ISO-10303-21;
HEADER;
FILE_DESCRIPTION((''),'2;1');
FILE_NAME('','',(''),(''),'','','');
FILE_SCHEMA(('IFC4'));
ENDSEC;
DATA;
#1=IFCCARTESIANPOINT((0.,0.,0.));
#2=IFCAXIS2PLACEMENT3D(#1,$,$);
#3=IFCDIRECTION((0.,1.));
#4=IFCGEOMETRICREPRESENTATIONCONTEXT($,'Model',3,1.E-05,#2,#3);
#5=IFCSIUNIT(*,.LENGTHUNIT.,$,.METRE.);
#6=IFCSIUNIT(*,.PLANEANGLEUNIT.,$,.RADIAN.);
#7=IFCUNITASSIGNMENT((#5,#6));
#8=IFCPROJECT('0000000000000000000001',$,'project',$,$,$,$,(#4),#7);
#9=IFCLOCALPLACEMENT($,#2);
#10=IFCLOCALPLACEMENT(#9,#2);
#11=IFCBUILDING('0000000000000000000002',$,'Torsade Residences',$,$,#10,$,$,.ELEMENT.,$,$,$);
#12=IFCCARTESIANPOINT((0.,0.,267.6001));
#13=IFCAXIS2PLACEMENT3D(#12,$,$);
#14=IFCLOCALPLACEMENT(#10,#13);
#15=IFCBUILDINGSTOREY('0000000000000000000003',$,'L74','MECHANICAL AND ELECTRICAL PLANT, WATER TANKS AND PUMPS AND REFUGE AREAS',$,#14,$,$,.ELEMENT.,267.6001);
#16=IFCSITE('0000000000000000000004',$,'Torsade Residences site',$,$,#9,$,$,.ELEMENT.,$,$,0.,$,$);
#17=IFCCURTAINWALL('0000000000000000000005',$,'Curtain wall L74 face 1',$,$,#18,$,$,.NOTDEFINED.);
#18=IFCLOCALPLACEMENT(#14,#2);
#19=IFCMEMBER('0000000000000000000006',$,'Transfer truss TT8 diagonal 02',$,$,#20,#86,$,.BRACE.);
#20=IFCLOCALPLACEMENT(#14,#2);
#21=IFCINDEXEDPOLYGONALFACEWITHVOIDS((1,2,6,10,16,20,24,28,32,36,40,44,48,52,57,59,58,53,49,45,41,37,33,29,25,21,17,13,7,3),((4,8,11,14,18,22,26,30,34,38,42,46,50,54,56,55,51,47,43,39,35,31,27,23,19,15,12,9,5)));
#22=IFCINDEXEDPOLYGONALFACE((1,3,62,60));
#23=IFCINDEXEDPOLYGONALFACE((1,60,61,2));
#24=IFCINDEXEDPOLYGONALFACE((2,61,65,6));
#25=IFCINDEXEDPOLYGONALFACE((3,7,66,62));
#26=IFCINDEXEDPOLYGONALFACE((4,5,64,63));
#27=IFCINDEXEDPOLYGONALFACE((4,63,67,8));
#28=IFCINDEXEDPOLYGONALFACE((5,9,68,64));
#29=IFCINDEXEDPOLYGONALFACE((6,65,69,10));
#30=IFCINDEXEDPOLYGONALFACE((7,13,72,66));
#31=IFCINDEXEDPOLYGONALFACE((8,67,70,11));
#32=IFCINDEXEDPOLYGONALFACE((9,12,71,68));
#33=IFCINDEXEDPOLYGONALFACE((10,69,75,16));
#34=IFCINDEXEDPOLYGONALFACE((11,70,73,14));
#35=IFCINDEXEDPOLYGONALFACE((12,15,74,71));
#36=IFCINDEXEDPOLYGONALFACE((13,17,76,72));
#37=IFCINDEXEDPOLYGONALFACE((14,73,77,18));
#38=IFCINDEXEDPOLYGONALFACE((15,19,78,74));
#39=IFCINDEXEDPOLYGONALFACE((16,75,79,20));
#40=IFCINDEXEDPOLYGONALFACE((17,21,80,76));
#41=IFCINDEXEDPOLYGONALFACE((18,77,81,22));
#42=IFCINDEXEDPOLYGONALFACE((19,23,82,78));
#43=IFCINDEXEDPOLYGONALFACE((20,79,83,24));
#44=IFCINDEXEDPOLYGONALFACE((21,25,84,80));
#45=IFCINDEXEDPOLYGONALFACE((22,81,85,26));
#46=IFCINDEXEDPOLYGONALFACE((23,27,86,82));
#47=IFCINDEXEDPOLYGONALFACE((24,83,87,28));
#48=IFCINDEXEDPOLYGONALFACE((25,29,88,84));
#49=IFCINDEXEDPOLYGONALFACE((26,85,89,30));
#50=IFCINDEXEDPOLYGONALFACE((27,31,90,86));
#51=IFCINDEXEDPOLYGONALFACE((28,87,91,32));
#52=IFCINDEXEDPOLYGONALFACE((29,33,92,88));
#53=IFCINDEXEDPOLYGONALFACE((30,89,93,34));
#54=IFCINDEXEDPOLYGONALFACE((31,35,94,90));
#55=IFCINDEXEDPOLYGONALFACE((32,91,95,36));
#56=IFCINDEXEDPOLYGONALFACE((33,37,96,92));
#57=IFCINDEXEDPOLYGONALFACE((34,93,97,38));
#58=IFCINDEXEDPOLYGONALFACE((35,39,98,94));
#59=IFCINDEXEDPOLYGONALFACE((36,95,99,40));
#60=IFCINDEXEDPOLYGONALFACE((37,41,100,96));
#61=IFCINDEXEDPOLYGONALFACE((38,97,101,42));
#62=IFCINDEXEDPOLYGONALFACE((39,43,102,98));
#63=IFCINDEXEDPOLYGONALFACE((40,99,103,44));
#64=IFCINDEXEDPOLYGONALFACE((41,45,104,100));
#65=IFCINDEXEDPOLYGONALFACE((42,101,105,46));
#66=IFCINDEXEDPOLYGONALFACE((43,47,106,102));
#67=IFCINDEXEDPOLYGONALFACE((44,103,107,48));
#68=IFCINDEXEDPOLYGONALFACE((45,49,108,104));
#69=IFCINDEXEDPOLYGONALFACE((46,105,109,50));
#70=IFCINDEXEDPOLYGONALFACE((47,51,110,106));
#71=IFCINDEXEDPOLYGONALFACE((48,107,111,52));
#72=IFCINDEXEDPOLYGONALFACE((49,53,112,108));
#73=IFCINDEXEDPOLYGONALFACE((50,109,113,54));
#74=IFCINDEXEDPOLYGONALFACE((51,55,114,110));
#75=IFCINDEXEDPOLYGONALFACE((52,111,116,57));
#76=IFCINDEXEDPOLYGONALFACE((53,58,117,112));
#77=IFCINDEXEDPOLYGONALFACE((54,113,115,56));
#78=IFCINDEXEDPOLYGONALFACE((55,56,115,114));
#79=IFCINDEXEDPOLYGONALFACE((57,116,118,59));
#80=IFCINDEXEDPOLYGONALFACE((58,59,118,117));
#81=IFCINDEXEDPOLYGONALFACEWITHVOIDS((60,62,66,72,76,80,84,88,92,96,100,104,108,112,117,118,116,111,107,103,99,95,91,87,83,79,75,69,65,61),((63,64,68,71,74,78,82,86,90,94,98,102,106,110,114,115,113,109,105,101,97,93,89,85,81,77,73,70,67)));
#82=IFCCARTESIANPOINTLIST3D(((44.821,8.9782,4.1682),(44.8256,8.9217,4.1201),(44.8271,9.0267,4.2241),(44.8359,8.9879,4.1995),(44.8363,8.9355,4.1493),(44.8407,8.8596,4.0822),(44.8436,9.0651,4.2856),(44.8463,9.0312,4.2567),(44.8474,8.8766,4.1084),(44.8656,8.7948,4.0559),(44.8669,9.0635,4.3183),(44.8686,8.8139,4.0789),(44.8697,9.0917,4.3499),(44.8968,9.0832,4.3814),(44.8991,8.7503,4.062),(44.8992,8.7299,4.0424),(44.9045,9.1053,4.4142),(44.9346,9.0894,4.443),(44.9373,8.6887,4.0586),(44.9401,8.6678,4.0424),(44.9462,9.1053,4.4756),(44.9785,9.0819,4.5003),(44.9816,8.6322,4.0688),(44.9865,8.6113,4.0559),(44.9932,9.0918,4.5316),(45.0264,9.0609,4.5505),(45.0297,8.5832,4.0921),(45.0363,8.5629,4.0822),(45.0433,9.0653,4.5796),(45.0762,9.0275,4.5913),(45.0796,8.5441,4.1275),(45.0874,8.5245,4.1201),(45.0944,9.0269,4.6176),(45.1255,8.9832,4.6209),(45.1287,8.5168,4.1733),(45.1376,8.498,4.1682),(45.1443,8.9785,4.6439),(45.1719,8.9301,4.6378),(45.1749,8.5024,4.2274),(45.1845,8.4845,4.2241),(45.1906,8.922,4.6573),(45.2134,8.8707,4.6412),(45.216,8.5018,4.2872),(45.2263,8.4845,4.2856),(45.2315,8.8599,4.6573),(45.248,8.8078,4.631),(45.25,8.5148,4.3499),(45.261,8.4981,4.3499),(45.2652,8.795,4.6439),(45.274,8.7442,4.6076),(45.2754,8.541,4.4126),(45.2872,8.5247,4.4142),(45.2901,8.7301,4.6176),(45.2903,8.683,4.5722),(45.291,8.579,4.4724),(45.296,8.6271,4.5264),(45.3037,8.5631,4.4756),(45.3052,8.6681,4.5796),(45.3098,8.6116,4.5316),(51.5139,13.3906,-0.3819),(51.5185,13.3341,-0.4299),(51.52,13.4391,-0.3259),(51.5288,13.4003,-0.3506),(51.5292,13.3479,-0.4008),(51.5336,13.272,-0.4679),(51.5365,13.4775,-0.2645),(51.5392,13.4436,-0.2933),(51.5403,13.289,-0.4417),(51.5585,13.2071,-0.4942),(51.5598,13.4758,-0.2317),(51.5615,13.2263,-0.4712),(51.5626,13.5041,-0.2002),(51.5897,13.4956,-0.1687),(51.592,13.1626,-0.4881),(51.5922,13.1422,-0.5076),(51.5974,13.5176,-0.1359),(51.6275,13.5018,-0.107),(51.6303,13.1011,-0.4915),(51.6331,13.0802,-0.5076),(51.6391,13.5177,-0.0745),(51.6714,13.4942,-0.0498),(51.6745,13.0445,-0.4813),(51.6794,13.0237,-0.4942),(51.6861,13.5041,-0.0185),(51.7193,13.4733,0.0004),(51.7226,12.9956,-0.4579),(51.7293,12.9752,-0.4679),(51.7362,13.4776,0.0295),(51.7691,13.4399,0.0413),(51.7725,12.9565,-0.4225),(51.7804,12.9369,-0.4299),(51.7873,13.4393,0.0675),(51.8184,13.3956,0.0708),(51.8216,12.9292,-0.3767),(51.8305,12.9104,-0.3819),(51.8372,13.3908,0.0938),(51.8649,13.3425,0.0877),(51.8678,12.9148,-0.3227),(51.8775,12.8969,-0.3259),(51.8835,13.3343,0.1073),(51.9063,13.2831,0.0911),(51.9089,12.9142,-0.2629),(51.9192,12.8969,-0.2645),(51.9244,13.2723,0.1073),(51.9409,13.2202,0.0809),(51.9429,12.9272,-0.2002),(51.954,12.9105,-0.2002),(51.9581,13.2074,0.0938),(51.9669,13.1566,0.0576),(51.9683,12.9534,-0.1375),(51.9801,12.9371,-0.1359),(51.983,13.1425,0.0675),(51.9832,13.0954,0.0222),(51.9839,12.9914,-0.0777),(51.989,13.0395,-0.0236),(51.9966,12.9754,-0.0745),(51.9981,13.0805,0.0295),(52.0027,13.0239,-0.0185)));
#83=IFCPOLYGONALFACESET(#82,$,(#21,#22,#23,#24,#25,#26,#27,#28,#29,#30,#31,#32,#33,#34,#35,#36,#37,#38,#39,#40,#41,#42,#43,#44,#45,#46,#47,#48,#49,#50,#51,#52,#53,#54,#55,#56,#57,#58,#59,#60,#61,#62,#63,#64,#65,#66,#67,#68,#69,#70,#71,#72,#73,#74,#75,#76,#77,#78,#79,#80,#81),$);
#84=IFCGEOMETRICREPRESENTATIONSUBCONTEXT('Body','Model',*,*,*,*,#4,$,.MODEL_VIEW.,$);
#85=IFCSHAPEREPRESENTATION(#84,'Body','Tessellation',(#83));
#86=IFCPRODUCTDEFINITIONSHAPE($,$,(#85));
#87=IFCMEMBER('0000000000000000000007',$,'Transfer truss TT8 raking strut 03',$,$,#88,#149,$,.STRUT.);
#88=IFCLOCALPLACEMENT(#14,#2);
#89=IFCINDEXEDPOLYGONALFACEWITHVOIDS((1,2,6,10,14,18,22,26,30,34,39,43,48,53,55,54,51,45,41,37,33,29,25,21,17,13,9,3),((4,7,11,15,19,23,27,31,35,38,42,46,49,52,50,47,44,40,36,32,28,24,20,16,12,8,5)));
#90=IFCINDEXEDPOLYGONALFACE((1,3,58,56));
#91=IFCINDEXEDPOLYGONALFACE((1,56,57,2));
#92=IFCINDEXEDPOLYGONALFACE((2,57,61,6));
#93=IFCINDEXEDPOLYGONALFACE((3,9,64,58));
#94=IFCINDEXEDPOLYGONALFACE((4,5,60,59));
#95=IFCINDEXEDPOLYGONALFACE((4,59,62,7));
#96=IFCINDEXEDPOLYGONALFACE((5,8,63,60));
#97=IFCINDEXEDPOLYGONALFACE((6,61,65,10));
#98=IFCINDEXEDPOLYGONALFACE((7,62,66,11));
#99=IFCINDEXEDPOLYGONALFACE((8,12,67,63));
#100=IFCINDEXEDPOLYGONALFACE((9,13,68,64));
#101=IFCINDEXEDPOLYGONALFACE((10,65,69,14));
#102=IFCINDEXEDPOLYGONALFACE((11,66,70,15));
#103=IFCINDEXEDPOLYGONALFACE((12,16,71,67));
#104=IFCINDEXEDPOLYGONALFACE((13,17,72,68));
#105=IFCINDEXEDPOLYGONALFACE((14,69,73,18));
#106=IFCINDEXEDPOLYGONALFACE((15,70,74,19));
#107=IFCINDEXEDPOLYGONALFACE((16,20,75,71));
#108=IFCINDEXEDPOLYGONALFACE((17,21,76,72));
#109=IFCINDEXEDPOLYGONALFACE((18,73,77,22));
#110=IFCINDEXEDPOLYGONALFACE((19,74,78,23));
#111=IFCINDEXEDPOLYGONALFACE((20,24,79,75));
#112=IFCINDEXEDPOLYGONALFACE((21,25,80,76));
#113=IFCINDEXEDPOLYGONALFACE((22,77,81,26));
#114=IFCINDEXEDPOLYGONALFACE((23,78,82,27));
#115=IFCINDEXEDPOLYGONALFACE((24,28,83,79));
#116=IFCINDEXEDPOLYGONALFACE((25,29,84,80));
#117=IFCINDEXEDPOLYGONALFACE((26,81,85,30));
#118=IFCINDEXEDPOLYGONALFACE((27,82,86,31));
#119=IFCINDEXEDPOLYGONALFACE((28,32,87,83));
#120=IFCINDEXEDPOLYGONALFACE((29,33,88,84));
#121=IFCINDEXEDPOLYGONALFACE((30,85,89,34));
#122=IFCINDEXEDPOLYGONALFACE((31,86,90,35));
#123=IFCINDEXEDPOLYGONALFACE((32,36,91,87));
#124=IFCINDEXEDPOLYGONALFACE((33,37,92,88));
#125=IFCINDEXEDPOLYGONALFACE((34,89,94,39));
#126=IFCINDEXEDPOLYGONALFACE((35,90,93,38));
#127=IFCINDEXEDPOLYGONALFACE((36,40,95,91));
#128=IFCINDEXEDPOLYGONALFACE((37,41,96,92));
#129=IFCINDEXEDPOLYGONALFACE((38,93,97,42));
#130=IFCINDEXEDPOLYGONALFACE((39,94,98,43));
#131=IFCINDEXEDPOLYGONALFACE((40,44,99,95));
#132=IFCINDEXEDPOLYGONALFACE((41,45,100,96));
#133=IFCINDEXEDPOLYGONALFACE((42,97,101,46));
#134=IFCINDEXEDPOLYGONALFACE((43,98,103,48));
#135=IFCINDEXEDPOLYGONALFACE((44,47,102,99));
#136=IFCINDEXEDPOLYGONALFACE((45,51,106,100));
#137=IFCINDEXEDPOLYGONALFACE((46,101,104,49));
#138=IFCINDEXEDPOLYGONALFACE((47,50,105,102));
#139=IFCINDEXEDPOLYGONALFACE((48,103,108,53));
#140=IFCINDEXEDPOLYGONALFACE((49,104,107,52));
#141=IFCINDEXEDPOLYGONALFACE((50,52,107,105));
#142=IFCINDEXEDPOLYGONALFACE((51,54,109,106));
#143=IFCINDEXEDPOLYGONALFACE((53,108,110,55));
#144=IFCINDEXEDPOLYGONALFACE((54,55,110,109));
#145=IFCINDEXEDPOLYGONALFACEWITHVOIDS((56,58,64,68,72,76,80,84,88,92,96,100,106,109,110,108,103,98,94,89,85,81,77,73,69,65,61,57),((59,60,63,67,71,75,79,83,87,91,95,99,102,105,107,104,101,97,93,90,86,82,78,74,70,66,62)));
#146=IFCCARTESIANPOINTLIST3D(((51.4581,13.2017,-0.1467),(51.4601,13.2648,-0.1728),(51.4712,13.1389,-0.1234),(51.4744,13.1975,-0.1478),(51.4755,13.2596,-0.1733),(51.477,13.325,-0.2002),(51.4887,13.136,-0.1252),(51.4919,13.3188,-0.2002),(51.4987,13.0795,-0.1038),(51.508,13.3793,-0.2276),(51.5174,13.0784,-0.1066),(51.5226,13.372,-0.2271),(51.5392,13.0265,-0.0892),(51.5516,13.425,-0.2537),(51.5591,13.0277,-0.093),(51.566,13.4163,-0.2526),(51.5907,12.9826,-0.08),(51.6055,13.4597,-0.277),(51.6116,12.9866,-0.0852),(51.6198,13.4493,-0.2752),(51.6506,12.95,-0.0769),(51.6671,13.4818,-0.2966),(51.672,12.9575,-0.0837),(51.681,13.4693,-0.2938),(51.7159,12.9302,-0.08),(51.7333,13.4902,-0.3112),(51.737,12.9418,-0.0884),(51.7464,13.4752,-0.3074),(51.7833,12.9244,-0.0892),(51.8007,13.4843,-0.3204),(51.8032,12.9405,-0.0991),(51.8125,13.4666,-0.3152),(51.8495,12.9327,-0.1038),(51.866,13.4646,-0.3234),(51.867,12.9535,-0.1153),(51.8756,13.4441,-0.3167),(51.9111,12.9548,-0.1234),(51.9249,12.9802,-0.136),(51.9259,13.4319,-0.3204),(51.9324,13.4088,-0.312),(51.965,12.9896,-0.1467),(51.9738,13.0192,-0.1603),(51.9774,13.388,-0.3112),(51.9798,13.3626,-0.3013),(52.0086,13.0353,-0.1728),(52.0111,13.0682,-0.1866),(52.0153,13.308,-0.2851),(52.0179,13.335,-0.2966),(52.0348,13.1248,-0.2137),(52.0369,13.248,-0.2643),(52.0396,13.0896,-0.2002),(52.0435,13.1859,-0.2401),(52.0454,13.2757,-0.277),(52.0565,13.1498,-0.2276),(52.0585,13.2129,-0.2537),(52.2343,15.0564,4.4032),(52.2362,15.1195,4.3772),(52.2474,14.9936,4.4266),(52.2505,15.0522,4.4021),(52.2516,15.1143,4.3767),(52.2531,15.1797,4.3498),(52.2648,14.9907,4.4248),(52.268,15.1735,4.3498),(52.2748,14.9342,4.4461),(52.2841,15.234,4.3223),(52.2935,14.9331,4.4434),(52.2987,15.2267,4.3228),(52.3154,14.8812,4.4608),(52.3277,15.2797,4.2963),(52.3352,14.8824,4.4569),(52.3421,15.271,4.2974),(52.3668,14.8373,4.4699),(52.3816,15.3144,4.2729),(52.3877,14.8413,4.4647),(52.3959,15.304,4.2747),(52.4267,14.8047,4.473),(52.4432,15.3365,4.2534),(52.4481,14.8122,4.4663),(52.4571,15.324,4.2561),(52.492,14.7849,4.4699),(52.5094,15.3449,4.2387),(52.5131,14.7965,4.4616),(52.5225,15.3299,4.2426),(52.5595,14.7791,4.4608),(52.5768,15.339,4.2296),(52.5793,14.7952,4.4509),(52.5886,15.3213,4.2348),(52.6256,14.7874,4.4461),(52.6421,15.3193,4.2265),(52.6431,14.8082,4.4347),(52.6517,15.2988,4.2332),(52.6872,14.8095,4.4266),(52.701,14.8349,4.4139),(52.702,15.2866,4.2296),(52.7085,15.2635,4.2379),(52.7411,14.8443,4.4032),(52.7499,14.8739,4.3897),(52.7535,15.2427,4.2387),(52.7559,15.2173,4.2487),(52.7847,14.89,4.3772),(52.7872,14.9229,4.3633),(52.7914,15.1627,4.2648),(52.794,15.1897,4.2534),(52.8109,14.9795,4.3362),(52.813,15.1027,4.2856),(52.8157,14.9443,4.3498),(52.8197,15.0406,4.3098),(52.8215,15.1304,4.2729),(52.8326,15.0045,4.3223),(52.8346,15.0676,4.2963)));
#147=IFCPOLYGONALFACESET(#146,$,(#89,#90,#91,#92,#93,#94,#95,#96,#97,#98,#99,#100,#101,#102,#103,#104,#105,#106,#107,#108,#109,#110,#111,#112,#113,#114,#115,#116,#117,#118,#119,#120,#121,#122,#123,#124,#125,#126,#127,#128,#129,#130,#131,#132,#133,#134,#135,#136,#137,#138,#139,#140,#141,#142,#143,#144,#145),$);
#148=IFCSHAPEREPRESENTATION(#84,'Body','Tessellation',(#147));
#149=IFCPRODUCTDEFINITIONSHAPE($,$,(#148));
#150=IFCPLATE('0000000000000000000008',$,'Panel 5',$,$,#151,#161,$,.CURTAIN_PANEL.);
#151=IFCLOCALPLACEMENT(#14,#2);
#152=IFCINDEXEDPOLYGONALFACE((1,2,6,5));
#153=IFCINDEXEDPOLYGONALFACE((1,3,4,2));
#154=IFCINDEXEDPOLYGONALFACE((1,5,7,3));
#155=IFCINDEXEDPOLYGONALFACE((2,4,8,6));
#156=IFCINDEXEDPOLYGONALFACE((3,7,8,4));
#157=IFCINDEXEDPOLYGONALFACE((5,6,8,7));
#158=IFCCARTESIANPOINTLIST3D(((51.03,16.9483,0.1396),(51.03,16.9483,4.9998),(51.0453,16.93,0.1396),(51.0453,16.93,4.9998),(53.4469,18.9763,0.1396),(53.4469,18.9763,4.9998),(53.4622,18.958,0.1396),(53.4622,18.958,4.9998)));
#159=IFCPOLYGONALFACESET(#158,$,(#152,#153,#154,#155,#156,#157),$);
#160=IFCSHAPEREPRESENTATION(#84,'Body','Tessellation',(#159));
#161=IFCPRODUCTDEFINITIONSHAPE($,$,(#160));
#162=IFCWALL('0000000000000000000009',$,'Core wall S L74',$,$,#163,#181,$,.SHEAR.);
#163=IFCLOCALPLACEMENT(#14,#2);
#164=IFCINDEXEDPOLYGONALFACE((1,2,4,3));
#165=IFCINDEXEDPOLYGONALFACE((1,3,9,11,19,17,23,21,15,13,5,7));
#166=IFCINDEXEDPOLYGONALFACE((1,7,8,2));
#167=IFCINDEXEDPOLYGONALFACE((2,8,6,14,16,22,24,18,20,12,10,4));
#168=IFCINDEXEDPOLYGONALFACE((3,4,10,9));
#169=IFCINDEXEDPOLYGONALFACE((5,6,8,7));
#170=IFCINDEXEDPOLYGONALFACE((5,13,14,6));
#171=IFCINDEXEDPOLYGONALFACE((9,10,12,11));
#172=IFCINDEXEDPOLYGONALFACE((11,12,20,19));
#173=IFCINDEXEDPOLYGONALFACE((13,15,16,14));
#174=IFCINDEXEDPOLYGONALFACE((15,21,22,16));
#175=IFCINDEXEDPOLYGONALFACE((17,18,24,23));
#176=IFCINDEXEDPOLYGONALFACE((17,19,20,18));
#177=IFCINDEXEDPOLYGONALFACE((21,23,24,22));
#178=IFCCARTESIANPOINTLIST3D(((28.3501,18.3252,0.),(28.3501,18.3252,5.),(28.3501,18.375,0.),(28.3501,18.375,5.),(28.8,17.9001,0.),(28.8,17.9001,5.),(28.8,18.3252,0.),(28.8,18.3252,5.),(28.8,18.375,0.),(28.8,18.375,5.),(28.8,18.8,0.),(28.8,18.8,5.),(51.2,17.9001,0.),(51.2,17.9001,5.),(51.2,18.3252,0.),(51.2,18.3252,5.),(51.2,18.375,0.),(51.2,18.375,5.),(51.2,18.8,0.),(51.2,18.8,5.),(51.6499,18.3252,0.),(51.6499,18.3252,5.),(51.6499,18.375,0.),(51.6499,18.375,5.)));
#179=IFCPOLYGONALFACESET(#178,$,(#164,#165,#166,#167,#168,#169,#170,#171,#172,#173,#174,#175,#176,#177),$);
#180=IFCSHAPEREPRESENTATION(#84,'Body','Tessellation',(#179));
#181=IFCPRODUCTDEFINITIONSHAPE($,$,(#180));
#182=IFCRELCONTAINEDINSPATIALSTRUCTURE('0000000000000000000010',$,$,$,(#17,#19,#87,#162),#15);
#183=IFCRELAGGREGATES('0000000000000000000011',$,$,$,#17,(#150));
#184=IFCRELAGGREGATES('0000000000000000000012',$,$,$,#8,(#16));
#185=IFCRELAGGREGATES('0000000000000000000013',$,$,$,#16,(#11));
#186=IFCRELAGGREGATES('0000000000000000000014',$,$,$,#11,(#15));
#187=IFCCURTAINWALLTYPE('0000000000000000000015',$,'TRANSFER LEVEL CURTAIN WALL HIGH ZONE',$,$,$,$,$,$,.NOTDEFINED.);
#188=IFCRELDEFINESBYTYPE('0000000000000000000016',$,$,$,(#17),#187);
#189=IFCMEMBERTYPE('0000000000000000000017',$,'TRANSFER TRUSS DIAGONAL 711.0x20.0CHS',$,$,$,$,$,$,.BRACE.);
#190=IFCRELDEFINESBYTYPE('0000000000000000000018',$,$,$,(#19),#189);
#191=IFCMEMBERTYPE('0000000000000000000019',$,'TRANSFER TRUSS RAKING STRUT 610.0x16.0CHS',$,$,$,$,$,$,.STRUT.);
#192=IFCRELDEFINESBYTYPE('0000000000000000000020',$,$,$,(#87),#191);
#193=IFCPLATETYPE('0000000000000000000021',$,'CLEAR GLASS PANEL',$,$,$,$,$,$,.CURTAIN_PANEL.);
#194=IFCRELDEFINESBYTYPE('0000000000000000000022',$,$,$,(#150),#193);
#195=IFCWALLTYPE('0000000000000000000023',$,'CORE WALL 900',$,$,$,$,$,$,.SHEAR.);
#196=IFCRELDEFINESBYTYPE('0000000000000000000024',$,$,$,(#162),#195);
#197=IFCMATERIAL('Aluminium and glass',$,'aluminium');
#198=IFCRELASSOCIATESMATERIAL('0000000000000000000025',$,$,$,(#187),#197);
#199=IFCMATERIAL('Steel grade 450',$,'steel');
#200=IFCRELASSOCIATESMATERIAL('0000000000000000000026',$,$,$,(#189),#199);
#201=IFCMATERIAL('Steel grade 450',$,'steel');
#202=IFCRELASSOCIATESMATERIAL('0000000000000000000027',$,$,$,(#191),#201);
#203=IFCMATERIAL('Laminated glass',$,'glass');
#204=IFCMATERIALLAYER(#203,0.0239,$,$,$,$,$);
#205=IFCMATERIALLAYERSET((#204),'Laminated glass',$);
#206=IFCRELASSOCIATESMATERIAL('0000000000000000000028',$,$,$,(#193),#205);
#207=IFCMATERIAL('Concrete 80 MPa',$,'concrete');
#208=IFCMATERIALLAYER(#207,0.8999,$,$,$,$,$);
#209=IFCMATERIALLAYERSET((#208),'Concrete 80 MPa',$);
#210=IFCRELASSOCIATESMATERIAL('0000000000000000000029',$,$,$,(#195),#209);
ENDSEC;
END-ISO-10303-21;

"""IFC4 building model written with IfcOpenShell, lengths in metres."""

from ifc_helpers import new_model, si_unit, direction, frame, origin, origin_2d, place, context, subcontext, project, spatial, polyline, rectangle, hollow_circle, outline, extrude, material, layer, layer_set, material_profile, profile_set, type_object, element, aggregate, save


model = new_model("IFC4")

# Units and contexts
model_context = context("Model", 3, precision=1e-05, world=origin(), true_north=direction((0.0, 1.0)))
body_context = subcontext(model_context, "Body", "Model", "MODEL_VIEW")
ifc_project = project(units=[si_unit("LENGTHUNIT", "METRE"), si_unit("PLANEANGLEUNIT", "RADIAN")], contexts=[model_context])

# Site, building, storey
site_placement = place(None, origin())
site = spatial("IfcSite", under=ifc_project, at=site_placement, Name="Torsade Residences site", CompositionType="ELEMENT", RefElevation=0.0)
building_placement = place(site_placement, origin())
building = spatial("IfcBuilding", under=site, at=building_placement, Name="Torsade Residences", CompositionType="ELEMENT")
storey_placement = place(building_placement, frame((0.0, 0.0, 267.6001)))
storey = spatial("IfcBuildingStorey", under=building, at=storey_placement, Name="L74", Description="MECHANICAL AND ELECTRICAL PLANT, WATER TANKS AND PUMPS AND REFUGE AREAS", CompositionType="ELEMENT", Elevation=267.6001)

# Curtain wall
ifc_material_1 = material(Name="Aluminium and glass", Category="aluminium")
curtain_wall_type = type_object("IfcCurtainWallType", Name="TRANSFER LEVEL CURTAIN WALL HIGH ZONE", PredefinedType="NOTDEFINED", material=ifc_material_1)
curtain_wall_placement = place(storey_placement, origin())
curtain_wall = element("IfcCurtainWall", 1, at=curtain_wall_placement, inside=storey, type_object=curtain_wall_type, Name="Curtain wall L74 face 1", PredefinedType="NOTDEFINED")

# Members
ifc_material_2 = material(Name="Steel grade 450", Category="steel")
ifc_material_profile_1 = material_profile(ifc_material_2, hollow_circle(Radius=0.3555, WallThickness=0.02, at=origin_2d()), Name="711.0x20.0CHS")
ifc_profile_set_1 = profile_set([ifc_material_profile_1], Name="Steel grade 450")
member_type_1 = type_object("IfcMemberType", Name="TRANSFER TRUSS DIAGONAL 711.0x20.0CHS", PredefinedType="BRACE", material=ifc_profile_set_1)
member_1_placement = place(storey_placement, frame((51.7583, 13.2073, -0.2002), z_axis=(-0.726088, -0.478682, 0.49362), x_axis=(0.550413, -0.834893, 0.0)))
element("IfcMember", 2, at=member_1_placement, inside=storey, type_object=member_type_1, Name="Transfer truss TT8 diagonal 02", PredefinedType="BRACE", context=body_context, shape_type="SweptSolid", body=[
    extrude(hollow_circle(Radius=0.3555, WallThickness=0.02, at=origin_2d()), origin(), (0.0, 0.0, 1.0), 9.2178),
])
ifc_material_3 = material(Name="Steel grade 450", Category="steel")
ifc_material_profile_2 = material_profile(ifc_material_3, hollow_circle(Radius=0.3049, WallThickness=0.0161, at=origin_2d()), Name="610.0x16.0CHS")
ifc_profile_set_2 = profile_set([ifc_material_profile_2], Name="Steel grade 450")
member_type_2 = type_object("IfcMemberType", Name="TRANSFER TRUSS RAKING STRUT 610.0x16.0CHS", PredefinedType="STRUT", material=ifc_profile_set_2)
member_2_placement = place(storey_placement, frame((51.7583, 13.2073, -0.2002), z_axis=(0.156021, 0.372851, 0.91468), x_axis=(-0.92249, 0.38602, 0.0)))
element("IfcMember", 3, at=member_2_placement, inside=storey, type_object=member_type_2, Name="Transfer truss TT8 raking strut 03", PredefinedType="STRUT", context=body_context, shape_type="SweptSolid", body=[
    extrude(hollow_circle(Radius=0.3049, WallThickness=0.0161, at=origin_2d()), origin(), (0.0, 0.0, 1.0), 4.9744),
])

# Plate
ifc_material_4 = material(Name="Laminated glass", Category="glass")
ifc_layer_1 = layer(ifc_material_4, 0.0239)
ifc_layer_set_1 = layer_set([ifc_layer_1], Name="Laminated glass")
plate_type = type_object("IfcPlateType", Name="CLEAR GLASS PANEL", PredefinedType="CURTAIN_PANEL", material=ifc_layer_set_1)
plate_placement = place(storey_placement, frame((52.2461, 17.9531, 0.1396), z_axis=(0.0, 0.0, 1.0), x_axis=(0.766044, 0.642788, 0.0)))
plate = element("IfcPlate", 4, at=plate_placement, type_object=plate_type, Name="Panel 5", PredefinedType="CURTAIN_PANEL", context=body_context, shape_type="SweptSolid", body=[
    extrude(rectangle(XDim=3.155, YDim=0.0239, at=origin_2d()), origin(), (0.0, 0.0, 1.0), 4.8601),
])
aggregate(curtain_wall, [plate])

# Wall
ifc_material_5 = material(Name="Concrete 80 MPa", Category="concrete")
ifc_layer_2 = layer(ifc_material_5, 0.8999)
ifc_layer_set_2 = layer_set([ifc_layer_2], Name="Concrete 80 MPa")
wall_type_1 = type_object("IfcWallType", Name="CORE WALL 900", PredefinedType="SHEAR", material=ifc_layer_set_2)
wall_1_placement = place(storey_placement, frame((51.2, 18.3501, 0.0), z_axis=(0.0, 0.0, 1.0), x_axis=(-1.0, 0.0, 0.0)))
element("IfcWall", 5, at=wall_1_placement, inside=storey, type_object=wall_type_1, Name="Core wall S L74", PredefinedType="SHEAR", context=body_context, shape_type="SweptSolid", body=[
    extrude(outline(polyline([(0.0, -0.45), (22.3999, -0.45), (22.3999, -0.0249), (22.8499, -0.0249), (22.8499, 0.0249), (22.3999, 0.0249), (22.3999, 0.45), (0.0, 0.45), (0.0, 0.0249), (-0.45, 0.0249), (-0.45, -0.0249), (0.0, -0.0249), (0.0, -0.45)])), origin(), (0.0, 0.0, 1.0), 5.0),
])

save(model, "model.ifc")
